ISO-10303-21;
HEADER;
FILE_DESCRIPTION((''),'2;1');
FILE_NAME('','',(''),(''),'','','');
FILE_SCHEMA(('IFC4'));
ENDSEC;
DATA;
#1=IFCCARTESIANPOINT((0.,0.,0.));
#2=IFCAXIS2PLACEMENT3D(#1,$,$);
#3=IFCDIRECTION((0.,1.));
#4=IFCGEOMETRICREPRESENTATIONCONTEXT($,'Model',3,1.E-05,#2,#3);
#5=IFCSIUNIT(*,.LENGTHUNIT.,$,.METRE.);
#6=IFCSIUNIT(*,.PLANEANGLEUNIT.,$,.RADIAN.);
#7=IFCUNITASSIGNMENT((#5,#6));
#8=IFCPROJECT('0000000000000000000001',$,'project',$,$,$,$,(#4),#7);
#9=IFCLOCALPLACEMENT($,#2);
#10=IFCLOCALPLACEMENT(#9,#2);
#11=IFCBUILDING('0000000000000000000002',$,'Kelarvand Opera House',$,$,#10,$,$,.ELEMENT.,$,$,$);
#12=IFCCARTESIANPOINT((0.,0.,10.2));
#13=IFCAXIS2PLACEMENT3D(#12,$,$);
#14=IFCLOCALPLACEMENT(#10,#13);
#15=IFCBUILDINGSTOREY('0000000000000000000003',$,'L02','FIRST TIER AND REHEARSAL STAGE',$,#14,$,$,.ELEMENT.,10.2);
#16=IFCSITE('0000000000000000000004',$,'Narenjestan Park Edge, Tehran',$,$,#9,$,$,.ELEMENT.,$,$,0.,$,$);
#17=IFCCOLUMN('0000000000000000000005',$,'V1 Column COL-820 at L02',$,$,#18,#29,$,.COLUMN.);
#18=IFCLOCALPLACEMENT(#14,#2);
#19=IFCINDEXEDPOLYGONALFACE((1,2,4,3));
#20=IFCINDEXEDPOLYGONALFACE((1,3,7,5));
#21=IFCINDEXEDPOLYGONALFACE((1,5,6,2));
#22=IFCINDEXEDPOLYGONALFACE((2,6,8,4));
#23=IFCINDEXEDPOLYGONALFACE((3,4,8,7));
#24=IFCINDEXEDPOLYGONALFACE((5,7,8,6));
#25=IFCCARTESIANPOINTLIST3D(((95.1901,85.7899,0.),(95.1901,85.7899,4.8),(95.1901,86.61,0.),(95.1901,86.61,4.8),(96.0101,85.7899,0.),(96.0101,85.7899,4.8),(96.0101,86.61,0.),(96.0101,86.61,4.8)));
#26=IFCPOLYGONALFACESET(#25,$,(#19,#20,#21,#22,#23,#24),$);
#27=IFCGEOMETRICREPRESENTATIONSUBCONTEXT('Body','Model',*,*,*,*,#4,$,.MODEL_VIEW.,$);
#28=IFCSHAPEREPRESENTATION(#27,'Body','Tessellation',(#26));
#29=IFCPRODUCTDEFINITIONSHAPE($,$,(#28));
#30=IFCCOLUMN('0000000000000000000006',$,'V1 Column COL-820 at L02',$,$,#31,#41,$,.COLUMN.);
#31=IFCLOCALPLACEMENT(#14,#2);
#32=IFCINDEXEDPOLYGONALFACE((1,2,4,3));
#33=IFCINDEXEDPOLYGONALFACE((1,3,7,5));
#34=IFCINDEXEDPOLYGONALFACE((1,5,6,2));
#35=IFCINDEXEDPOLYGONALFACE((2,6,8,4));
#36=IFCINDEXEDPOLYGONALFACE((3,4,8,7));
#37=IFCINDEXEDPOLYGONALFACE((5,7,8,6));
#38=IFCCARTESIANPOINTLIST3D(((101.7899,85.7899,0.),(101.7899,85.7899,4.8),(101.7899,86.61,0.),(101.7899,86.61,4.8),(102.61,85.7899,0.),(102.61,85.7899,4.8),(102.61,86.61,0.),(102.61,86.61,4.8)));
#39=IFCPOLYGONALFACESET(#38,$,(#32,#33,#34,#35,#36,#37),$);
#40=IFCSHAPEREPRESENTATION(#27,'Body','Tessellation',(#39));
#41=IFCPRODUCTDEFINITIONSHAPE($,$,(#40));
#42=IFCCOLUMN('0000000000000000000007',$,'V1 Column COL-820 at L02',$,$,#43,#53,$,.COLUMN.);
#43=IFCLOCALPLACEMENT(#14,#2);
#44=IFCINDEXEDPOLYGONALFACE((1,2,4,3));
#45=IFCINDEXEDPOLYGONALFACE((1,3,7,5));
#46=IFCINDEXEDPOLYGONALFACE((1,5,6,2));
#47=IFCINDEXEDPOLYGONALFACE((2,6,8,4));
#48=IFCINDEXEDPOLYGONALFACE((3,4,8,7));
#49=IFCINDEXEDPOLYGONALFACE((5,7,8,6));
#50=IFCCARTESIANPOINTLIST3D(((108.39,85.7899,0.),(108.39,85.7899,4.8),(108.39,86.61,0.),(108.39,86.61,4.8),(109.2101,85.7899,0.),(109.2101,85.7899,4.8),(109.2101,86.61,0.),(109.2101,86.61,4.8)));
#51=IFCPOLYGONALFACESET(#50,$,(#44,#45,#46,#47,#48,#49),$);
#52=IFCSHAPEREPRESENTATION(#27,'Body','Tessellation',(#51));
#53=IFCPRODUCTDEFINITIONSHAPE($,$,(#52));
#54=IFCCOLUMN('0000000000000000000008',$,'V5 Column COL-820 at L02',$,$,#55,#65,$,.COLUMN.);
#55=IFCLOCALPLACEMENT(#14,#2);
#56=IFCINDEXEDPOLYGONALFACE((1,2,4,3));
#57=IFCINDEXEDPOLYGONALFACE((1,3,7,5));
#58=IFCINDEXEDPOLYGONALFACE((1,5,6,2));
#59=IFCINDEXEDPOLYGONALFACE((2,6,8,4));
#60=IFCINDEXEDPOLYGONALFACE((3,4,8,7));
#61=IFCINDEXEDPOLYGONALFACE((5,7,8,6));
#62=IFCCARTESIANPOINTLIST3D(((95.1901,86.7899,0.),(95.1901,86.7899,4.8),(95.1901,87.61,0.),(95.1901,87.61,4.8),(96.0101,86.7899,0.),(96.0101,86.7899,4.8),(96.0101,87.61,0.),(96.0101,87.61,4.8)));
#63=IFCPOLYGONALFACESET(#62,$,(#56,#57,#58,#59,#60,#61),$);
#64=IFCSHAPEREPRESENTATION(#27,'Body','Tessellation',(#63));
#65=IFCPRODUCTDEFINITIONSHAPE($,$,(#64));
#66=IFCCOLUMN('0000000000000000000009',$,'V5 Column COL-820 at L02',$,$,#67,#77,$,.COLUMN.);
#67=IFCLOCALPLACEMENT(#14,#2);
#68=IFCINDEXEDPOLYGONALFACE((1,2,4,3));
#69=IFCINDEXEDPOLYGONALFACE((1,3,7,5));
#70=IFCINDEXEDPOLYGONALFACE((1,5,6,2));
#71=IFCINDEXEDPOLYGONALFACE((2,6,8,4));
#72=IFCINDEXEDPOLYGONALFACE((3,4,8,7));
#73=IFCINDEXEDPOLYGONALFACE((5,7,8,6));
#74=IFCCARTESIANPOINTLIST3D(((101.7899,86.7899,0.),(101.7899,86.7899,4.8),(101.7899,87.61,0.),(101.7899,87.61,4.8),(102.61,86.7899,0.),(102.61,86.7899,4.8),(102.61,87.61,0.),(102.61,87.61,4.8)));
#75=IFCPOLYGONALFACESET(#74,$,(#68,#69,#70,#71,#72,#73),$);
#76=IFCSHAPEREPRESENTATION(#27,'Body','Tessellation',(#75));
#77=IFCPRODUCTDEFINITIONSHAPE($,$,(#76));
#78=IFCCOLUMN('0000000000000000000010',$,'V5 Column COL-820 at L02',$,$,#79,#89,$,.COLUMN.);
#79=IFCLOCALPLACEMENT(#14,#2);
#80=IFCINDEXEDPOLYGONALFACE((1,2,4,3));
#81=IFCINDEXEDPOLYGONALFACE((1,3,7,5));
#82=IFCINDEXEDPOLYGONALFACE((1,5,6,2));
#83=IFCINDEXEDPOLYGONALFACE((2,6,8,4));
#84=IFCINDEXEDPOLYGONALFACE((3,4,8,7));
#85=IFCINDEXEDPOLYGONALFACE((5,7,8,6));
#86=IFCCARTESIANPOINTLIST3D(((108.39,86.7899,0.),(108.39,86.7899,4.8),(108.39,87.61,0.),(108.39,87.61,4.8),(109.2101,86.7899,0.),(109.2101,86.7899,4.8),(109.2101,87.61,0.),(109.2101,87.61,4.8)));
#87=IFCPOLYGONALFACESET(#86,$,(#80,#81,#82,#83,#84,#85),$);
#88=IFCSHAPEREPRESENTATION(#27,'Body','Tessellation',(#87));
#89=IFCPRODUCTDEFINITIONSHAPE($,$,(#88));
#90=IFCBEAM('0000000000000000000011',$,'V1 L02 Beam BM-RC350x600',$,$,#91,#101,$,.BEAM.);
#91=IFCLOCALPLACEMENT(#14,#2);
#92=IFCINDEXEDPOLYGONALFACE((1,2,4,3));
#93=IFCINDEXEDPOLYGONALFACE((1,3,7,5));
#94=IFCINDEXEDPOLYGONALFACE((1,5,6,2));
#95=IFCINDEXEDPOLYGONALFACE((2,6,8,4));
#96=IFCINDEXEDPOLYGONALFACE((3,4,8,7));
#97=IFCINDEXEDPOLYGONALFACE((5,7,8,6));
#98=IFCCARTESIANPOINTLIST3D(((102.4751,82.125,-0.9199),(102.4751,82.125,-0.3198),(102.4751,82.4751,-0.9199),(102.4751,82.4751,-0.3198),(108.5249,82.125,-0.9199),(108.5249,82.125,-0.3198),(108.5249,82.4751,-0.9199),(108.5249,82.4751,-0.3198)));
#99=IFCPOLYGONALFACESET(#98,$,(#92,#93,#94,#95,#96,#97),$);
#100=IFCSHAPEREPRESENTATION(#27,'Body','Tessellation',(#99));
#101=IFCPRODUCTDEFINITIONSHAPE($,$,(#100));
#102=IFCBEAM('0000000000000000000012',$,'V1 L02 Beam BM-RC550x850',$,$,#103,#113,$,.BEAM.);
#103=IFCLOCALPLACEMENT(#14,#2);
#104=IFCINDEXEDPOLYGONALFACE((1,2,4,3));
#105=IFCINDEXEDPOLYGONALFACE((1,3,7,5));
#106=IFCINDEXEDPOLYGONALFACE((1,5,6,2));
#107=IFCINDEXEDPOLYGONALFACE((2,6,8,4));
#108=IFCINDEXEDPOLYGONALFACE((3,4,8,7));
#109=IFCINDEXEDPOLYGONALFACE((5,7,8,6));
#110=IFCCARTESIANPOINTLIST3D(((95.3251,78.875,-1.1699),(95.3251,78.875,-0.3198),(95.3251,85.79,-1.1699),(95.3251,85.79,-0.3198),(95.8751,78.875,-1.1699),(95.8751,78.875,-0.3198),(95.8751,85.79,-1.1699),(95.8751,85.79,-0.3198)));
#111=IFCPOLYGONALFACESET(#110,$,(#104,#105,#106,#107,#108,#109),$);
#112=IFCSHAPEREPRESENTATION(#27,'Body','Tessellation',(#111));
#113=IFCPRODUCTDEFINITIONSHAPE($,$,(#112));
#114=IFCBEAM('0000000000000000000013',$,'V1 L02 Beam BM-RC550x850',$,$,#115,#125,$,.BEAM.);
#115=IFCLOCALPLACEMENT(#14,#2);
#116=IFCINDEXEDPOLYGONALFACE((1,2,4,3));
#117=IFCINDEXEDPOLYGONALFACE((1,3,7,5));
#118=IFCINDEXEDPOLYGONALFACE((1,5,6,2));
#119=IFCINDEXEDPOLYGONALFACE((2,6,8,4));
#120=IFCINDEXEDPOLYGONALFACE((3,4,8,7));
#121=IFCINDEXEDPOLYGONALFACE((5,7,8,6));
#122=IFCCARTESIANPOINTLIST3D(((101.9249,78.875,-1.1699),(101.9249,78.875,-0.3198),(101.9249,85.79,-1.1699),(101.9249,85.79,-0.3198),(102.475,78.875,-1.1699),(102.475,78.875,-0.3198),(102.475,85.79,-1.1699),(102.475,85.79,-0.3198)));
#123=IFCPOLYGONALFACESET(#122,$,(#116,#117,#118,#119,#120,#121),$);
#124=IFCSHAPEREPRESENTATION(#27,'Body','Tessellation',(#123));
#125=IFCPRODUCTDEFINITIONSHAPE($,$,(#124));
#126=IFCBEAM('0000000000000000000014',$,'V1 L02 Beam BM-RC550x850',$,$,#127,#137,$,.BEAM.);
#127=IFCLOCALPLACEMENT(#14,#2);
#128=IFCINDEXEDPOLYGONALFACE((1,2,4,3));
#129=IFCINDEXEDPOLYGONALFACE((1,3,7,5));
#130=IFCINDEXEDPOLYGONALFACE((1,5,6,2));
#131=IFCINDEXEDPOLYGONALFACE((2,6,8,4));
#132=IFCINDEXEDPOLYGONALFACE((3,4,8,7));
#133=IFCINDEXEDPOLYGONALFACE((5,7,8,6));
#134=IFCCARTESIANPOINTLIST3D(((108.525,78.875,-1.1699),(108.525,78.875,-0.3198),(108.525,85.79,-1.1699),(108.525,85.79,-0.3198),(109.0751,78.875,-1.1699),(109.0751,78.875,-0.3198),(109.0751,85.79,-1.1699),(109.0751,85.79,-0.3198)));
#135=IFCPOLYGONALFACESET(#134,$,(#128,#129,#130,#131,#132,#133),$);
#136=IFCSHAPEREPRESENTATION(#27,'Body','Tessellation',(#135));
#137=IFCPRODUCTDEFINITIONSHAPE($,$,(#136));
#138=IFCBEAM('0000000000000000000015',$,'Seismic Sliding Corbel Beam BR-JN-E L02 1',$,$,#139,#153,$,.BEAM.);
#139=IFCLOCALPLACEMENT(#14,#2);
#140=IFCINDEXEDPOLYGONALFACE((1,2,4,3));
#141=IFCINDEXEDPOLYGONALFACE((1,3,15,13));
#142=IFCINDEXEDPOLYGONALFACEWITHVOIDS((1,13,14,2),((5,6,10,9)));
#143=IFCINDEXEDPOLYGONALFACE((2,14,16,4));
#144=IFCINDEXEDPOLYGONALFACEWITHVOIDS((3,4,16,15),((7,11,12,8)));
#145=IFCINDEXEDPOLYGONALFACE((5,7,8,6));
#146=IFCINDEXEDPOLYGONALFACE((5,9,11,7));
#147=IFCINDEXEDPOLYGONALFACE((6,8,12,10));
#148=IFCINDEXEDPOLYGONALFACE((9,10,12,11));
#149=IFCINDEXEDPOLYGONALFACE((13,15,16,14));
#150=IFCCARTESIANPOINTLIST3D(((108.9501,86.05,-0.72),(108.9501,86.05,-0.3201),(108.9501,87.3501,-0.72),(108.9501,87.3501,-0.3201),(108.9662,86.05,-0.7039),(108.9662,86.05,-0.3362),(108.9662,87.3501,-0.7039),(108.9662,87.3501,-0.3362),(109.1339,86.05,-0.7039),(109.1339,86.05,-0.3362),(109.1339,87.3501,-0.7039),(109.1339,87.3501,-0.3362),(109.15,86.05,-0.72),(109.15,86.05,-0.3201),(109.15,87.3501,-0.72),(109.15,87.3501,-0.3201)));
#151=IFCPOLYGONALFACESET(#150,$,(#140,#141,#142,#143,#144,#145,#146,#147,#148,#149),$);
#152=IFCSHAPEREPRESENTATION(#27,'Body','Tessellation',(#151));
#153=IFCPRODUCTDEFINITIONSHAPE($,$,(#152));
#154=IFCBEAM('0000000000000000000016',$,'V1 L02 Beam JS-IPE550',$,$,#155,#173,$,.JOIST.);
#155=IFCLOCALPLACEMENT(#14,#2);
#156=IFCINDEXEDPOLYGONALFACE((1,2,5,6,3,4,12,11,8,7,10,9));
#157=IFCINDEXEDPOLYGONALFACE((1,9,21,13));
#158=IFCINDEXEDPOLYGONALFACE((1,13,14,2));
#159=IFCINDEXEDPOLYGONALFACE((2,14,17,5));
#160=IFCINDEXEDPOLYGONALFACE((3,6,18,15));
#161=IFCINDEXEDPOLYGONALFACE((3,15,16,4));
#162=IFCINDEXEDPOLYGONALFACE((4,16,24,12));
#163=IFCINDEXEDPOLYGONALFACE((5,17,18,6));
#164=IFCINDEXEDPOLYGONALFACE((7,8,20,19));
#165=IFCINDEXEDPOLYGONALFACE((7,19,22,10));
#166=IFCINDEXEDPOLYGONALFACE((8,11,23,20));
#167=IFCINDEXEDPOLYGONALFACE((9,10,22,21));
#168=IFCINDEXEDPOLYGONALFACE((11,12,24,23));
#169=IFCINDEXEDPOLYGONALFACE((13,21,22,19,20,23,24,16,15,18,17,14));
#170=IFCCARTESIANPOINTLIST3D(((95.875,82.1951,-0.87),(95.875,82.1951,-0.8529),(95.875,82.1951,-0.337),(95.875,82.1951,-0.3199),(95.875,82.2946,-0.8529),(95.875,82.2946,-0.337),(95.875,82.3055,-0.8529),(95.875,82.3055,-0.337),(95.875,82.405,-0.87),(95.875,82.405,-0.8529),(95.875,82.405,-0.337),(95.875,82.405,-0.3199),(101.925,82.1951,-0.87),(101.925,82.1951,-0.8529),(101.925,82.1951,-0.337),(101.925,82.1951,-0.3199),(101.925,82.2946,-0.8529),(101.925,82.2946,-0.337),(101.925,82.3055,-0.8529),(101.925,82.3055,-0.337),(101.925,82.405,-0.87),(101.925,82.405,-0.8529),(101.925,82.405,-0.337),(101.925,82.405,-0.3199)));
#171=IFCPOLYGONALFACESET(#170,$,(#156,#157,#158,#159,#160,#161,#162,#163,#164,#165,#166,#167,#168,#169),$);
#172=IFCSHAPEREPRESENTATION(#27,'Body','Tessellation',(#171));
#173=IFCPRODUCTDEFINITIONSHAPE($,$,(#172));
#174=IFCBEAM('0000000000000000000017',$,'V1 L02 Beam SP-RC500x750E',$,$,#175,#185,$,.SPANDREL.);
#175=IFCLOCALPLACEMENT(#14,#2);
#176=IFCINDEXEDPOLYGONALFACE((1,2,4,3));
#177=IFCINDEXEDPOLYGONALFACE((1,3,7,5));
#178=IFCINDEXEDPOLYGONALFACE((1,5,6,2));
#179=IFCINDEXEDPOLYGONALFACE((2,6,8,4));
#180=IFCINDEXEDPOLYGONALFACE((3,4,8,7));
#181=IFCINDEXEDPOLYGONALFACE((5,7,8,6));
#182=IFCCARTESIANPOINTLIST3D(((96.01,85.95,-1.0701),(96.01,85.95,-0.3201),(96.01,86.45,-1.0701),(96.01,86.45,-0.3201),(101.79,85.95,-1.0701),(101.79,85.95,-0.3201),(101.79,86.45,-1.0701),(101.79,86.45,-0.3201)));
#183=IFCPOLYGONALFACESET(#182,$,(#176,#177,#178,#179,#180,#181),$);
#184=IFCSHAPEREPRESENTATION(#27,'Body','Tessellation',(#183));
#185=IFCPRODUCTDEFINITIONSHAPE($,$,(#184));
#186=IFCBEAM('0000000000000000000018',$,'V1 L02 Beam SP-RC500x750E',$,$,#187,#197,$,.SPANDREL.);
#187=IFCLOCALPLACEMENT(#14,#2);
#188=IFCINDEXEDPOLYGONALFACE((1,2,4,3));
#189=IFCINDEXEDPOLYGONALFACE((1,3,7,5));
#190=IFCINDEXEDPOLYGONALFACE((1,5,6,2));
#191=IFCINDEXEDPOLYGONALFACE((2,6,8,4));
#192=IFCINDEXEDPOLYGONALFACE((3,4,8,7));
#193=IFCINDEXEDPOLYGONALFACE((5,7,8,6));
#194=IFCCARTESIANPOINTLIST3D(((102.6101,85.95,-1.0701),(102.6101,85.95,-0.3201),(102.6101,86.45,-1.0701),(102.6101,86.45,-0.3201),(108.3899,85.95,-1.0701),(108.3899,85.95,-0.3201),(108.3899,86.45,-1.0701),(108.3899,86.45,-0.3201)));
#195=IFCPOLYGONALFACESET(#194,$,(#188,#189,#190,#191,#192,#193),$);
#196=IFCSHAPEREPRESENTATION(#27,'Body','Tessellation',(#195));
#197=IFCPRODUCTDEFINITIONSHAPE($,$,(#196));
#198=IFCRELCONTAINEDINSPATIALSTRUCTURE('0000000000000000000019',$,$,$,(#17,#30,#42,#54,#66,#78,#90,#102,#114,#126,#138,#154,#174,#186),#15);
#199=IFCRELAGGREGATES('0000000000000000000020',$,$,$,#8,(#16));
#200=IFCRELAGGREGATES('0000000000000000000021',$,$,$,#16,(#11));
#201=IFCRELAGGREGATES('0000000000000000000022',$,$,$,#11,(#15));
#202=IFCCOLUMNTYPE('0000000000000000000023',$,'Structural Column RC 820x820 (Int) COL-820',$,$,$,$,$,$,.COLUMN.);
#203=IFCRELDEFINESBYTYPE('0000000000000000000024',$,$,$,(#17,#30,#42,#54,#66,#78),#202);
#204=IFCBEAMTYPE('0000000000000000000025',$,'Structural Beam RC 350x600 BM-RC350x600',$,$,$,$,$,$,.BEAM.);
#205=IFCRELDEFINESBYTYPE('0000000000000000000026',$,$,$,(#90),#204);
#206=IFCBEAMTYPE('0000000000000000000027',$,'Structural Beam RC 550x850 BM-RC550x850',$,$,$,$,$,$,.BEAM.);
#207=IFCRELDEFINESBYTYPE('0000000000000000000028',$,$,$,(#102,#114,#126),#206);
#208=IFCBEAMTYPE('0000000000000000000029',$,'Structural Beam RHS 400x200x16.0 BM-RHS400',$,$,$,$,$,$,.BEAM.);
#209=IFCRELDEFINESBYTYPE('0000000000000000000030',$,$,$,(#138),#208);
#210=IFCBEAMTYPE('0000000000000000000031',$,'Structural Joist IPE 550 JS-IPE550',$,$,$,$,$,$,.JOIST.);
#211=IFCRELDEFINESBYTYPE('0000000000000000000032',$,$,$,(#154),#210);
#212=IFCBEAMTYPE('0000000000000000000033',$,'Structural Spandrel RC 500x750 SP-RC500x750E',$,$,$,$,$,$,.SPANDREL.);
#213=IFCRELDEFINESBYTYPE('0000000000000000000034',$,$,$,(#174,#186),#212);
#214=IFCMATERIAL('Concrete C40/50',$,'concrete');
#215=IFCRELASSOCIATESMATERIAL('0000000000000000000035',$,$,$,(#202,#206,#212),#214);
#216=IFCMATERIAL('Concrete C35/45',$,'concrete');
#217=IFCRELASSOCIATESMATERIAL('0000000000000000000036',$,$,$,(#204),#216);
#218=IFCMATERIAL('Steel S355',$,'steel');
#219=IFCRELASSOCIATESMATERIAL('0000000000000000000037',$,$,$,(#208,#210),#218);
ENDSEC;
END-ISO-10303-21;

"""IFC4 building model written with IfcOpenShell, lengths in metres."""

from ifc_helpers import new_model, si_unit, direction, frame, origin, origin_2d, place, context, subcontext, project, spatial, rectangle, hollow_rectangle, i_section, extrude, material, material_profile, profile_set, type_object, element, save


model = new_model("IFC4")

# Units and contexts
model_context = context("Model", 3, precision=1e-05, world=origin(), true_north=direction((0.0, 1.0)))
body_context = subcontext(model_context, "Body", "Model", "MODEL_VIEW")
ifc_project = project(units=[si_unit("LENGTHUNIT", "METRE"), si_unit("PLANEANGLEUNIT", "RADIAN")], contexts=[model_context])

# Site, building, storey
site_placement = place(None, origin())
site = spatial("IfcSite", under=ifc_project, at=site_placement, Name="Narenjestan Park Edge, Tehran", CompositionType="ELEMENT", RefElevation=0.0)
building_placement = place(site_placement, origin())
building = spatial("IfcBuilding", under=site, at=building_placement, Name="Kelarvand Opera House", CompositionType="ELEMENT")
storey_placement = place(building_placement, frame((0.0, 0.0, 10.2)))
storey = spatial("IfcBuildingStorey", under=building, at=storey_placement, Name="L02", Description="FIRST TIER AND REHEARSAL STAGE", CompositionType="ELEMENT", Elevation=10.2)

# Columns
ifc_material_1 = material(Name="Concrete C40/50", Category="concrete")
ifc_material_profile_1 = material_profile(ifc_material_1, rectangle(XDim=0.8201, YDim=0.8201, at=origin_2d()), Name="RC 820x820", Category="concrete")
ifc_profile_set_1 = profile_set([ifc_material_profile_1], Name="Concrete C40/50")
column_type = type_object("IfcColumnType", Name="Structural Column RC 820x820 (Int) COL-820", PredefinedType="COLUMN", material=ifc_profile_set_1)
for number, where, z_axis, x_axis, name in (
    (1, (95.6001, 86.2, 0.0), (0.0, 0.0, 1.0), (1.0, 0.0, 0.0), "V1 Column COL-820 at L02"),
    (2, (102.2, 86.2, 0.0), (0.0, 0.0, 1.0), (1.0, 0.0, 0.0), "V1 Column COL-820 at L02"),
    (3, (108.8, 86.2, 0.0), (0.0, 0.0, 1.0), (1.0, 0.0, 0.0), "V1 Column COL-820 at L02"),
    (4, (95.6001, 87.2, 0.0), (0.0, 0.0, 1.0), (1.0, 0.0, 0.0), "V5 Column COL-820 at L02"),
    (5, (102.2, 87.2, 0.0), (0.0, 0.0, 1.0), (1.0, 0.0, 0.0), "V5 Column COL-820 at L02"),
    (6, (108.8, 87.2, 0.0), (0.0, 0.0, 1.0), (1.0, 0.0, 0.0), "V5 Column COL-820 at L02"),
):
    element("IfcColumn", number, at=place(storey_placement, frame(where, z_axis=z_axis, x_axis=x_axis)), inside=storey, type_object=column_type, Name=name, PredefinedType="COLUMN", context=body_context, shape_type="SweptSolid", body=[
        extrude(rectangle(XDim=0.8201, YDim=0.8201, at=origin_2d()), origin(), (0.0, 0.0, 1.0), 4.8),
    ])

# Beams
ifc_material_2 = material(Name="Concrete C35/45", Category="concrete")
ifc_material_profile_2 = material_profile(ifc_material_2, rectangle(XDim=0.3501, YDim=0.6001, at=origin_2d()), Name="RC 350x600", Category="concrete")
ifc_profile_set_2 = profile_set([ifc_material_profile_2], Name="Concrete C35/45")
beam_type_1 = type_object("IfcBeamType", Name="Structural Beam RC 350x600 BM-RC350x600", PredefinedType="BEAM", material=ifc_profile_set_2)
beam_1_placement = place(storey_placement, frame((102.4751, 82.3, -0.6199), z_axis=(1.0, 0.0, 0.0), x_axis=(0.0, 1.0, 0.0)))
element("IfcBeam", 7, at=beam_1_placement, inside=storey, type_object=beam_type_1, Name="V1 L02 Beam BM-RC350x600", PredefinedType="BEAM", context=body_context, shape_type="SweptSolid", body=[
    extrude(rectangle(XDim=0.3501, YDim=0.6001, at=origin_2d()), origin(), (0.0, 0.0, 1.0), 6.0498),
])
ifc_material_profile_3 = material_profile(ifc_material_1, rectangle(XDim=0.55, YDim=0.8501, at=origin_2d()), Name="RC 550x850", Category="concrete")
ifc_profile_set_3 = profile_set([ifc_material_profile_3], Name="Concrete C40/50")
beam_type_2 = type_object("IfcBeamType", Name="Structural Beam RC 550x850 BM-RC550x850", PredefinedType="BEAM", material=ifc_profile_set_3)
for number, where, z_axis, x_axis, name in (
    (8, (95.6001, 78.875, -0.7449), (0.0, 1.0, 0.0), (-1.0, 0.0, 0.0), "V1 L02 Beam BM-RC550x850"),
    (9, (102.2, 78.875, -0.7449), (0.0, 1.0, 0.0), (-1.0, 0.0, 0.0), "V1 L02 Beam BM-RC550x850"),
    (10, (108.8, 78.875, -0.7449), (0.0, 1.0, 0.0), (-1.0, 0.0, 0.0), "V1 L02 Beam BM-RC550x850"),
):
    element("IfcBeam", number, at=place(storey_placement, frame(where, z_axis=z_axis, x_axis=x_axis)), inside=storey, type_object=beam_type_2, Name=name, PredefinedType="BEAM", context=body_context, shape_type="SweptSolid", body=[
        extrude(rectangle(XDim=0.55, YDim=0.8501, at=origin_2d()), origin(), (0.0, 0.0, 1.0), 6.915),
    ])
ifc_material_3 = material(Name="Steel S355", Category="steel")
ifc_material_profile_4 = material_profile(ifc_material_3, hollow_rectangle(XDim=0.2, YDim=0.3999, WallThickness=0.0161, at=origin_2d()), Name="RHS 400x200x16.0", Category="steel")
ifc_profile_set_4 = profile_set([ifc_material_profile_4], Name="Steel S355")
beam_type_3 = type_object("IfcBeamType", Name="Structural Beam RHS 400x200x16.0 BM-RHS400", PredefinedType="BEAM", material=ifc_profile_set_4)
beam_2_placement = place(storey_placement, frame((109.05, 86.05, -0.52), z_axis=(0.0, 1.0, 0.0), x_axis=(-1.0, 0.0, 0.0)))
element("IfcBeam", 11, at=beam_2_placement, inside=storey, type_object=beam_type_3, Name="Seismic Sliding Corbel Beam BR-JN-E L02 1", PredefinedType="BEAM", context=body_context, shape_type="SweptSolid", body=[
    extrude(hollow_rectangle(XDim=0.2, YDim=0.3999, WallThickness=0.0161, at=origin_2d()), origin(), (0.0, 0.0, 1.0), 1.3),
])
ifc_material_profile_5 = material_profile(ifc_material_3, i_section(OverallWidth=0.21, OverallDepth=0.55, WebThickness=0.011, FlangeThickness=0.0171, at=origin_2d()), Name="IPE 550", Category="steel")
ifc_profile_set_5 = profile_set([ifc_material_profile_5], Name="Steel S355")
beam_type_4 = type_object("IfcBeamType", Name="Structural Joist IPE 550 JS-IPE550", PredefinedType="JOIST", material=ifc_profile_set_5)
beam_3_placement = place(storey_placement, frame((95.875, 82.3, -0.595), z_axis=(1.0, 0.0, 0.0), x_axis=(0.0, 1.0, 0.0)))
element("IfcBeam", 12, at=beam_3_placement, inside=storey, type_object=beam_type_4, Name="V1 L02 Beam JS-IPE550", PredefinedType="JOIST", context=body_context, shape_type="SweptSolid", body=[
    extrude(i_section(OverallWidth=0.21, OverallDepth=0.55, WebThickness=0.011, FlangeThickness=0.0171, at=origin_2d()), origin(), (0.0, 0.0, 1.0), 6.05),
])
ifc_material_profile_6 = material_profile(ifc_material_1, rectangle(XDim=0.5, YDim=0.75, at=origin_2d()), Name="RC 500x750", Category="concrete")
ifc_profile_set_6 = profile_set([ifc_material_profile_6], Name="Concrete C40/50")
beam_type_5 = type_object("IfcBeamType", Name="Structural Spandrel RC 500x750 SP-RC500x750E", PredefinedType="SPANDREL", material=ifc_profile_set_6)
beam_4_placement = place(storey_placement, frame((96.01, 86.2, -0.6951), z_axis=(1.0, 0.0, 0.0), x_axis=(0.0, 1.0, 0.0)))
element("IfcBeam", 13, at=beam_4_placement, inside=storey, type_object=beam_type_5, Name="V1 L02 Beam SP-RC500x750E", PredefinedType="SPANDREL", context=body_context, shape_type="SweptSolid", body=[
    extrude(rectangle(XDim=0.5, YDim=0.75, at=origin_2d()), origin(), (0.0, 0.0, 1.0), 5.78),
])
beam_5_placement = place(storey_placement, frame((102.6101, 86.2, -0.6951), z_axis=(1.0, 0.0, 0.0), x_axis=(0.0, 1.0, 0.0)))
element("IfcBeam", 14, at=beam_5_placement, inside=storey, type_object=beam_type_5, Name="V1 L02 Beam SP-RC500x750E", PredefinedType="SPANDREL", context=body_context, shape_type="SweptSolid", body=[
    extrude(rectangle(XDim=0.5, YDim=0.75, at=origin_2d()), origin(), (0.0, 0.0, 1.0), 5.7798),
])

save(model, "model.ifc")
